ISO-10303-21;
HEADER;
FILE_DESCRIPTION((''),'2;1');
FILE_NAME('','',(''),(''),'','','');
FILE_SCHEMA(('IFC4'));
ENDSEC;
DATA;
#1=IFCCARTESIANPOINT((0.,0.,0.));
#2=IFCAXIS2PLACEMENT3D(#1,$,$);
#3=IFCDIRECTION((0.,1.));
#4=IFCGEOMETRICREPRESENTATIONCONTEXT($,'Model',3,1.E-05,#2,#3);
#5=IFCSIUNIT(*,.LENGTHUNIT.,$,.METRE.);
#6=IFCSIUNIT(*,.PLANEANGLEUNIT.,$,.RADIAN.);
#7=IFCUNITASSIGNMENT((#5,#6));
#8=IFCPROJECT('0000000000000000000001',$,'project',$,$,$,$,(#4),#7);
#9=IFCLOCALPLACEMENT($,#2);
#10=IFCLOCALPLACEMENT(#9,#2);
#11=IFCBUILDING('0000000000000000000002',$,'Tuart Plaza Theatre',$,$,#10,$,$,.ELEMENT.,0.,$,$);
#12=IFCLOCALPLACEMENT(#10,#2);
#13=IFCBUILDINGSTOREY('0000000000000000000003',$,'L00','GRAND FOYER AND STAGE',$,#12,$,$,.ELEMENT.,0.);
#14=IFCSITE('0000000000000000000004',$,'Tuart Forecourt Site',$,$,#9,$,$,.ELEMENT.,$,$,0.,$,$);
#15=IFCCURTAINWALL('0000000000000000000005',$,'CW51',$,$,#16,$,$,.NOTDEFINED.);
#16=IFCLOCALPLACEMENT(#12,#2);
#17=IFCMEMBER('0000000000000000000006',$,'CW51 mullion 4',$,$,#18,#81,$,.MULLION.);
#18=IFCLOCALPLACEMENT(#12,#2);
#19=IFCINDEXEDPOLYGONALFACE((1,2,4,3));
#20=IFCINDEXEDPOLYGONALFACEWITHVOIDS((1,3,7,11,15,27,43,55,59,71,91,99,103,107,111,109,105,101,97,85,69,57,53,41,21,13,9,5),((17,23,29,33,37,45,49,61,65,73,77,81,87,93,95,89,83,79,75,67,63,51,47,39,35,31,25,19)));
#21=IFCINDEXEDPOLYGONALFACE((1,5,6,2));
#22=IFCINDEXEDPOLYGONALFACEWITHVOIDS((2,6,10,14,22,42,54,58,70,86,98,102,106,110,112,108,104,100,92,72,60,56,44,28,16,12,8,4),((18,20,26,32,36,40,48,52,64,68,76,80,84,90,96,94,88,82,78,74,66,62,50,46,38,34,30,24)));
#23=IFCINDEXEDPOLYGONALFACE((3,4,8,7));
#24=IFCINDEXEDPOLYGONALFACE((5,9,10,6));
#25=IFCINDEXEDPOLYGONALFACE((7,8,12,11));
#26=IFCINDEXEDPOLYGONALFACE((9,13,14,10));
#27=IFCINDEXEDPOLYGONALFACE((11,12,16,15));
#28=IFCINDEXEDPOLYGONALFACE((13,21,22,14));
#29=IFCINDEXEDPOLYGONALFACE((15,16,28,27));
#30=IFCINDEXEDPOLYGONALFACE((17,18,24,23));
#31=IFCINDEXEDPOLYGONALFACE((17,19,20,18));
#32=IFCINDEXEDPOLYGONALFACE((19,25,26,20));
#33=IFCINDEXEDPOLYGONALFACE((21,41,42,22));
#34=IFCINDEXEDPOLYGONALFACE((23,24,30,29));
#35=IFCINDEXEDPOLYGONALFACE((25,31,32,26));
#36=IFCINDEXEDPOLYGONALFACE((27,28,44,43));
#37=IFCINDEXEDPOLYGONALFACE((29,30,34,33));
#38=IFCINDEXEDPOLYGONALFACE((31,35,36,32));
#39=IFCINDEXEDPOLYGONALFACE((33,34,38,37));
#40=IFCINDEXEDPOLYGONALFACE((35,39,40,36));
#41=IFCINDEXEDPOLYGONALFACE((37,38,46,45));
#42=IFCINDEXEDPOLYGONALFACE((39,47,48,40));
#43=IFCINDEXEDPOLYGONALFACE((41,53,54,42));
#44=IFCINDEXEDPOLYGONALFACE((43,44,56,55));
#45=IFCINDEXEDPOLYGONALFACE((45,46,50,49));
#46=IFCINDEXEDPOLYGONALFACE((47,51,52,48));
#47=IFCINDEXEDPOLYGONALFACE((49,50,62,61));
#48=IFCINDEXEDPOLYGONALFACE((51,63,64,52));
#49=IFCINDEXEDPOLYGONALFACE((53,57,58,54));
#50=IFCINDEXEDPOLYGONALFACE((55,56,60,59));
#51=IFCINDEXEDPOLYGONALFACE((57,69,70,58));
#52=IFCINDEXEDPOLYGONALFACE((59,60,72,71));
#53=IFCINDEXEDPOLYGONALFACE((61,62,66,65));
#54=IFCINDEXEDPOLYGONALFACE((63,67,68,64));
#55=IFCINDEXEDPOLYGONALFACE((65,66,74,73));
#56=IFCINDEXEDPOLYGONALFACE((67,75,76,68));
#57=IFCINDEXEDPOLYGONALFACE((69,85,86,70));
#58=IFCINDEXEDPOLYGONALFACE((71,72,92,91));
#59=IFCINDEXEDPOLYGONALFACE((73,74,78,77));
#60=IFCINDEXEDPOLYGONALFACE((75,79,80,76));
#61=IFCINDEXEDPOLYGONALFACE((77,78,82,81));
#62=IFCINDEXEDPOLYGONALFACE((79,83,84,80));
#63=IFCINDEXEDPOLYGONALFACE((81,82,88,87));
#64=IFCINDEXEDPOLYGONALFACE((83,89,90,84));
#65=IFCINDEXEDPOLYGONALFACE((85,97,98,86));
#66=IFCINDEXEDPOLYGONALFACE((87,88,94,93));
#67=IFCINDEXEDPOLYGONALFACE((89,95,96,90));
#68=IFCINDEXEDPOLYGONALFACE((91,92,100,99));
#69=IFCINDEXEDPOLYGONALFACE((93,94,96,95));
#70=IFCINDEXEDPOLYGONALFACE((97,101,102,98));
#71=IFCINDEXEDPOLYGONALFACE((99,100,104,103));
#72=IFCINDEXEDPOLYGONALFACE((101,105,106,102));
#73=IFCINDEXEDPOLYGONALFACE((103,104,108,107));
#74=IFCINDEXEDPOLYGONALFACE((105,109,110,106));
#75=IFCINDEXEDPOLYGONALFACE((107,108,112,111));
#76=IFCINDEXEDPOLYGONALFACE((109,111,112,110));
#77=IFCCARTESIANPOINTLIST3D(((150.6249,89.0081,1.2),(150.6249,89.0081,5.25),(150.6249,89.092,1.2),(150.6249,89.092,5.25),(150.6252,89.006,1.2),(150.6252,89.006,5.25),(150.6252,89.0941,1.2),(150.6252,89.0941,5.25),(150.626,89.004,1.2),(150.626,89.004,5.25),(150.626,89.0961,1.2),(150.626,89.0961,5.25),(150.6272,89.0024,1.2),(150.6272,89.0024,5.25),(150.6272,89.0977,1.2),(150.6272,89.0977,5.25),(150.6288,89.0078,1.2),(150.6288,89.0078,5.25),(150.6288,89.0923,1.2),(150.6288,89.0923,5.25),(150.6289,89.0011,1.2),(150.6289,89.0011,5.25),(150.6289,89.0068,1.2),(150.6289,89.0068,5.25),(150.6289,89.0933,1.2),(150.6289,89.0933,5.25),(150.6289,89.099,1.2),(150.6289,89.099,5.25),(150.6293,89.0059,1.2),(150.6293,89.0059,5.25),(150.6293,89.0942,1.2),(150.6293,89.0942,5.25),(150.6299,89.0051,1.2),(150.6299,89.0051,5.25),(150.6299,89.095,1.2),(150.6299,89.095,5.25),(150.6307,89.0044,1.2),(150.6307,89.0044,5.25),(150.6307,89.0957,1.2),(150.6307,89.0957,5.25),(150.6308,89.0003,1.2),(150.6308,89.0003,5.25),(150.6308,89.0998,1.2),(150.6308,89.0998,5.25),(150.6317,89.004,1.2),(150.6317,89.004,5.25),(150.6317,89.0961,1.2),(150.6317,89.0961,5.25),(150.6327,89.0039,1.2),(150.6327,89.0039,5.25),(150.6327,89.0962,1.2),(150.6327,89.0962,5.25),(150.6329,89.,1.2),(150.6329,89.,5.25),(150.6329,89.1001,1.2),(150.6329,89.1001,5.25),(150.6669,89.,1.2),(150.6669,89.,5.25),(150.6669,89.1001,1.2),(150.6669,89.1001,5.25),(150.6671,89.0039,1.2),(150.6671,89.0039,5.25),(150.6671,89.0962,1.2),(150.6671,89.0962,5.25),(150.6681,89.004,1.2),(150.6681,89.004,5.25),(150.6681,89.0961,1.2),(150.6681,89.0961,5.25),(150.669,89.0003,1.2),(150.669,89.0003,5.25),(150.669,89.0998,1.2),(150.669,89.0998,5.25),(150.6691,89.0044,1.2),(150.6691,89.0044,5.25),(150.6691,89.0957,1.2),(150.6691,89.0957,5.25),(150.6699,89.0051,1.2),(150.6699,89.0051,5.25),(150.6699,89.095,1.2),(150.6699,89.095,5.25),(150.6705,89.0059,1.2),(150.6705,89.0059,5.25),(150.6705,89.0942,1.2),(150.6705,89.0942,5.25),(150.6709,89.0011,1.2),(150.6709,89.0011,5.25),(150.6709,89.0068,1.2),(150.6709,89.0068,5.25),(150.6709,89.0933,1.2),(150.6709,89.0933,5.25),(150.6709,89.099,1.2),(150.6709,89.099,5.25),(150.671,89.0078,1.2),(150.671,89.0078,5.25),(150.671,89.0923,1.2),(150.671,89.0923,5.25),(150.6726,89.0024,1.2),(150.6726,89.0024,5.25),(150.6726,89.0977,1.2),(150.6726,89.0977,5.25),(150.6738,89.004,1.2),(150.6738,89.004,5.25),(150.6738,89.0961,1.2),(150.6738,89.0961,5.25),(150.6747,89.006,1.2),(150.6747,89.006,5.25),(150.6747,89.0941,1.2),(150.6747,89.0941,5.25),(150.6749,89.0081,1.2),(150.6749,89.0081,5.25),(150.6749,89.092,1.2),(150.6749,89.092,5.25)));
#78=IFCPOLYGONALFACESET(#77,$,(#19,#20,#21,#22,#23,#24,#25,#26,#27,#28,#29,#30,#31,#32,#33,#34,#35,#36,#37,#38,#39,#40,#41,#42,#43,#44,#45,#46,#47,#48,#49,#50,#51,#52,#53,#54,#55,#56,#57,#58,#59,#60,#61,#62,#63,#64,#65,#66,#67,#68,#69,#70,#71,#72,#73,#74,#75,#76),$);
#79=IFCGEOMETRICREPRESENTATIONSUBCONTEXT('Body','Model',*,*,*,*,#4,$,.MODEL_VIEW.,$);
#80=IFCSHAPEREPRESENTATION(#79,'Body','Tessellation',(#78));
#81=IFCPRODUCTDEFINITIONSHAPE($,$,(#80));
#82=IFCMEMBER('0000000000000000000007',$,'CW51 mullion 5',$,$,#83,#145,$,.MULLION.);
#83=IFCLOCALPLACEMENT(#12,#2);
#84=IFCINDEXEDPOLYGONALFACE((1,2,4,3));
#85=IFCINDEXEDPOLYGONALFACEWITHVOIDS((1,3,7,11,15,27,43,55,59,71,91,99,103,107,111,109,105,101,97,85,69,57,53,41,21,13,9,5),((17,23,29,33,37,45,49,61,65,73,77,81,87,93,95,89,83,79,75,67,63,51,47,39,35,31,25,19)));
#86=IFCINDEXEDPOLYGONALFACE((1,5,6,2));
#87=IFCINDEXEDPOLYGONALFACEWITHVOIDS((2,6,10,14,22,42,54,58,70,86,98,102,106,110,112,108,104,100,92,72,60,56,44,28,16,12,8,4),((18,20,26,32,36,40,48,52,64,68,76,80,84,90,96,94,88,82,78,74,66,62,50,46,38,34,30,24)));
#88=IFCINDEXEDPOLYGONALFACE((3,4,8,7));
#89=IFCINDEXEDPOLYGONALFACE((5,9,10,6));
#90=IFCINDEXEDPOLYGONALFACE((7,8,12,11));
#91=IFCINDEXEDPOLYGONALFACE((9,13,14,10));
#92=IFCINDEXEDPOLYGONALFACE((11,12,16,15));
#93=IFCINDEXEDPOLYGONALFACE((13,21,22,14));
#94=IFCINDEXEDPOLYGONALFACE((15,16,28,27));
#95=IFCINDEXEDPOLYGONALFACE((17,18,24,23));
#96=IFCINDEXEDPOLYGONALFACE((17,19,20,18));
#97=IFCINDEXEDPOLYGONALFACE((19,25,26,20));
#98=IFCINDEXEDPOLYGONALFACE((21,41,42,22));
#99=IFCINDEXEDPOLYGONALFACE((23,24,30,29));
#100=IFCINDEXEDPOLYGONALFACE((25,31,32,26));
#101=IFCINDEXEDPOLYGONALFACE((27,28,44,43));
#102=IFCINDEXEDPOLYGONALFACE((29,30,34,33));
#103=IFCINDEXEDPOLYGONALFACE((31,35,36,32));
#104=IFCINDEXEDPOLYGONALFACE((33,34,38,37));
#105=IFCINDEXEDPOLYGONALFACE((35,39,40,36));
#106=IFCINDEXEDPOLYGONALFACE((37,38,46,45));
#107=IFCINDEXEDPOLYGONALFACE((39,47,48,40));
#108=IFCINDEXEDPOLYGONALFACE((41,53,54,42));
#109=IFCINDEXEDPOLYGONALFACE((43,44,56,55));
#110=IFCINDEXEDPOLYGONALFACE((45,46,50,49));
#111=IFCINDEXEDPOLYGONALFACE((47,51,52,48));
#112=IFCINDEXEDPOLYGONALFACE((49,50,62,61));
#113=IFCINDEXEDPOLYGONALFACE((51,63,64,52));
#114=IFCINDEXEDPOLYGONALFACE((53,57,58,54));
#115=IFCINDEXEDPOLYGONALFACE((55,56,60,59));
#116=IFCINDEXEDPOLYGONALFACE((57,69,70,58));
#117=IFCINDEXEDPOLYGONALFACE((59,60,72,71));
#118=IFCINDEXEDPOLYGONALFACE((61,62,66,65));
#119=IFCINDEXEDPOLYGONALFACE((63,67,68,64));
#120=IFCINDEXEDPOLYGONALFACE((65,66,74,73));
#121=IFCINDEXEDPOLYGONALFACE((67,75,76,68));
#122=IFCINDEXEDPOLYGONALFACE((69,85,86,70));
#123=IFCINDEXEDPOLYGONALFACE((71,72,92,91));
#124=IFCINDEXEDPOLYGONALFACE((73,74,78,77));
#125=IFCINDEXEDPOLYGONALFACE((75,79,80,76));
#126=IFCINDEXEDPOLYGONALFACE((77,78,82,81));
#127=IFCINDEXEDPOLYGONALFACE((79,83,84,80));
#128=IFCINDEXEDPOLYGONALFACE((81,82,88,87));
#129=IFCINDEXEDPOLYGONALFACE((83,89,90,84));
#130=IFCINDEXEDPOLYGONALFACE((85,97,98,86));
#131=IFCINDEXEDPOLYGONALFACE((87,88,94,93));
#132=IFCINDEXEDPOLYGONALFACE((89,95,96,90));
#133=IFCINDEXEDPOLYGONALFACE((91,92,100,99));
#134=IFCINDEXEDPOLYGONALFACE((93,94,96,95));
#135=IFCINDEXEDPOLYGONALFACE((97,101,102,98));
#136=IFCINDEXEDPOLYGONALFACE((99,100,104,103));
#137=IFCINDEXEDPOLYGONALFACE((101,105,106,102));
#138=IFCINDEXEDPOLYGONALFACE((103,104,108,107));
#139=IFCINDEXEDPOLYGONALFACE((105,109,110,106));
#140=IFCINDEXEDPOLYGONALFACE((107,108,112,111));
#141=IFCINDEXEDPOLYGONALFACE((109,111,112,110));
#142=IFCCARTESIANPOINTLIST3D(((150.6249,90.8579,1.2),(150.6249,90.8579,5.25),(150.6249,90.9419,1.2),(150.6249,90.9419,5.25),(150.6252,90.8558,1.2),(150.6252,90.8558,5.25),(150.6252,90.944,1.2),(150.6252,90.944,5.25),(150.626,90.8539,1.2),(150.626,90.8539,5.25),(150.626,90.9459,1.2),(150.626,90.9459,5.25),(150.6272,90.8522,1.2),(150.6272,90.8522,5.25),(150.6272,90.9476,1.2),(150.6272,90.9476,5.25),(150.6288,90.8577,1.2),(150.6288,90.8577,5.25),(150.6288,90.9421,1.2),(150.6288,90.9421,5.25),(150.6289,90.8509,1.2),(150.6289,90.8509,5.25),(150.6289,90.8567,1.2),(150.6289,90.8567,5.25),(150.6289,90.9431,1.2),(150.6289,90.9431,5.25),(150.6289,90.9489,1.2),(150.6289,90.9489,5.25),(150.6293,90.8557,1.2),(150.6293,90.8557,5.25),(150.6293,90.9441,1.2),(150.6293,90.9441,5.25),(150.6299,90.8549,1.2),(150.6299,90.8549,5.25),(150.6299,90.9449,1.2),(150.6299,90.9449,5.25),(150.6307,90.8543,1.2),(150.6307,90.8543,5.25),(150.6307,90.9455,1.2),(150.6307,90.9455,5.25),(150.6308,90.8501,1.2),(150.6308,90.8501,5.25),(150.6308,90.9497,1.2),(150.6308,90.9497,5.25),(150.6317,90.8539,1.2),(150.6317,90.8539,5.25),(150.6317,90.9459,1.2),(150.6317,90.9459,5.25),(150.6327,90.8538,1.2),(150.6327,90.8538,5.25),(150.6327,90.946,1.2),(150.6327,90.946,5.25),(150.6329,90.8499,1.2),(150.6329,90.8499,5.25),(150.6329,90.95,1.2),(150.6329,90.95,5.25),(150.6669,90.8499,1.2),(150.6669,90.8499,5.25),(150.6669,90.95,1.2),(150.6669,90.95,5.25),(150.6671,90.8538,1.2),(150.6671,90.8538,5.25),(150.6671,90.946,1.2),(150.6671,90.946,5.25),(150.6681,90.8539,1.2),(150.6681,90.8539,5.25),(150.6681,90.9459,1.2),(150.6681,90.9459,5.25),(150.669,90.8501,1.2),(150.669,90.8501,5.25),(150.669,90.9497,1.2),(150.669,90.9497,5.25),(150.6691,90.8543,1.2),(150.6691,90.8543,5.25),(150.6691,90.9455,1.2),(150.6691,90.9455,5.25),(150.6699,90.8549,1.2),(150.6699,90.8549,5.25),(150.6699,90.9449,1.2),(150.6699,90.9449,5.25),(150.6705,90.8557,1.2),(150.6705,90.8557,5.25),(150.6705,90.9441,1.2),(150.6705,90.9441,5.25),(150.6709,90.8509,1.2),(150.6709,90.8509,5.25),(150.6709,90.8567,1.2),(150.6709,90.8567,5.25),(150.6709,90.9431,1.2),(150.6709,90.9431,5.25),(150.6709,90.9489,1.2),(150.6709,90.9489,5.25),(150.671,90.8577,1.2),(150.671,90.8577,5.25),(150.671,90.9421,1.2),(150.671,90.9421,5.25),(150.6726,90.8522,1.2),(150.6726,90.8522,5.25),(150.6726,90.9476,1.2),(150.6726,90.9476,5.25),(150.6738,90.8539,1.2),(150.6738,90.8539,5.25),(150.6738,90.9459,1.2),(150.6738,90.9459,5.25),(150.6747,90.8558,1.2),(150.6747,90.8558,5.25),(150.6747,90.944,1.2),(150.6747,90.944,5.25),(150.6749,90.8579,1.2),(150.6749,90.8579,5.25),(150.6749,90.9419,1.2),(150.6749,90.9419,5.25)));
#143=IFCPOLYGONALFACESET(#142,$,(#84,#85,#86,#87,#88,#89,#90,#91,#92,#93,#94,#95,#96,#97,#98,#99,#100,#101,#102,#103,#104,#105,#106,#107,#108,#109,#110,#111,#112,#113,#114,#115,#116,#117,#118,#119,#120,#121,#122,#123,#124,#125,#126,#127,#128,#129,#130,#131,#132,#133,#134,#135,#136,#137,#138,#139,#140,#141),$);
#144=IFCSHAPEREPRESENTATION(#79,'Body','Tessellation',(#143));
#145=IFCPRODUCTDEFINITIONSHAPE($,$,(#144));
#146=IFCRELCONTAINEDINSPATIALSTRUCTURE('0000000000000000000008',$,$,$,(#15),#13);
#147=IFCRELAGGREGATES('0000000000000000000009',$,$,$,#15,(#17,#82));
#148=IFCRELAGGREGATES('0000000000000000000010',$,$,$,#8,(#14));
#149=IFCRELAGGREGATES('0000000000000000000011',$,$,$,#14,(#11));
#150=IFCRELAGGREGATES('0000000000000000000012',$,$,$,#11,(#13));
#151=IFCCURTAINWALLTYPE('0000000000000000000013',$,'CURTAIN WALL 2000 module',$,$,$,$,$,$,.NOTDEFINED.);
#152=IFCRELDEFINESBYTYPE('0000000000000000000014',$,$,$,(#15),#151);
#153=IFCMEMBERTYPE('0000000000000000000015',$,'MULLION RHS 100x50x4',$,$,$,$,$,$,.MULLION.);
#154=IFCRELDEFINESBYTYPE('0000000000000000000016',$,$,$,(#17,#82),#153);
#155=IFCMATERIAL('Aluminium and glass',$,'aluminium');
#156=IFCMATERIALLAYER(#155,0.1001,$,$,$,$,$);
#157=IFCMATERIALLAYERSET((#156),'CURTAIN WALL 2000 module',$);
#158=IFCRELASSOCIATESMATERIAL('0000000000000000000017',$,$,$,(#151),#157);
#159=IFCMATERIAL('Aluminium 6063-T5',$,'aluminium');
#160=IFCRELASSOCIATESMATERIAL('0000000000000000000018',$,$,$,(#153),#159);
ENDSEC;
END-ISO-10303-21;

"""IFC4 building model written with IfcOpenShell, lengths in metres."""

from ifc_helpers import new_model, si_unit, direction, frame, origin, origin_2d, place, context, subcontext, project, spatial, hollow_rectangle, extrude, material, layer, layer_set, material_profile, profile_set, type_object, element, aggregate, save


model = new_model("IFC4")

# Units and contexts
model_context = context("Model", 3, precision=1e-05, world=origin(), true_north=direction((0.0, 1.0)))
body_context = subcontext(model_context, "Body", "Model", "MODEL_VIEW")
ifc_project = project(units=[si_unit("LENGTHUNIT", "METRE"), si_unit("PLANEANGLEUNIT", "RADIAN")], contexts=[model_context])

# Site, building, storey
site_placement = place(None, origin())
site = spatial("IfcSite", under=ifc_project, at=site_placement, Name="Tuart Forecourt Site", CompositionType="ELEMENT", RefElevation=0.0)
building_placement = place(site_placement, origin())
building = spatial("IfcBuilding", under=site, at=building_placement, Name="Tuart Plaza Theatre", CompositionType="ELEMENT", ElevationOfRefHeight=0.0)
storey_placement = place(building_placement, origin())
storey = spatial("IfcBuildingStorey", under=building, at=storey_placement, Name="L00", Description="GRAND FOYER AND STAGE", CompositionType="ELEMENT", Elevation=0.0)

# Curtain wall, members
ifc_material_1 = material(Name="Aluminium and glass", Category="aluminium")
ifc_layer_1 = layer(ifc_material_1, 0.1001)
ifc_layer_set_1 = layer_set([ifc_layer_1], Name="CURTAIN WALL 2000 module")
curtain_wall_type_1 = type_object("IfcCurtainWallType", Name="CURTAIN WALL 2000 module", PredefinedType="NOTDEFINED", material=ifc_layer_set_1)
curtain_wall_1_placement = place(storey_placement, origin())
curtain_wall_1 = element("IfcCurtainWall", 1, at=curtain_wall_1_placement, inside=storey, type_object=curtain_wall_type_1, Name="CW51", PredefinedType="NOTDEFINED")
ifc_material_2 = material(Name="Aluminium 6063-T5", Category="aluminium")
ifc_material_profile_1 = material_profile(ifc_material_2, hollow_rectangle(XDim=0.05, YDim=0.1001, WallThickness=0.0039, InnerFilletRadius=0.0039, OuterFilletRadius=0.0081, at=origin_2d()), Name="RHS 100x50x4")
ifc_profile_set_1 = profile_set([ifc_material_profile_1], Name="Aluminium 6063-T5")
member_type_1 = type_object("IfcMemberType", Name="MULLION RHS 100x50x4", PredefinedType="MULLION", material=ifc_profile_set_1)
member_1_placement = place(storey_placement, frame((150.6499, 89.05, 1.2), z_axis=(0.0, 0.0, 1.0), x_axis=(-1.0, 0.0, 0.0)))
member_1 = element("IfcMember", 2, at=member_1_placement, type_object=member_type_1, Name="CW51 mullion 4", PredefinedType="MULLION", context=body_context, shape_type="SweptSolid", body=[
    extrude(hollow_rectangle(XDim=0.05, YDim=0.1001, WallThickness=0.0039, InnerFilletRadius=0.0039, OuterFilletRadius=0.0081, at=origin_2d()), origin(), (0.0, 0.0, 1.0), 4.05),
])
member_2_placement = place(storey_placement, frame((150.6499, 90.8999, 1.2), z_axis=(0.0, 0.0, 1.0), x_axis=(-1.0, 0.0, 0.0)))
member_2 = element("IfcMember", 3, at=member_2_placement, type_object=member_type_1, Name="CW51 mullion 5", PredefinedType="MULLION", context=body_context, shape_type="SweptSolid", body=[
    extrude(hollow_rectangle(XDim=0.05, YDim=0.1001, WallThickness=0.0039, InnerFilletRadius=0.0039, OuterFilletRadius=0.0081, at=origin_2d()), origin(), (0.0, 0.0, 1.0), 4.05),
])

aggregate(curtain_wall_1, [member_1, member_2])

save(model, "model.ifc")
